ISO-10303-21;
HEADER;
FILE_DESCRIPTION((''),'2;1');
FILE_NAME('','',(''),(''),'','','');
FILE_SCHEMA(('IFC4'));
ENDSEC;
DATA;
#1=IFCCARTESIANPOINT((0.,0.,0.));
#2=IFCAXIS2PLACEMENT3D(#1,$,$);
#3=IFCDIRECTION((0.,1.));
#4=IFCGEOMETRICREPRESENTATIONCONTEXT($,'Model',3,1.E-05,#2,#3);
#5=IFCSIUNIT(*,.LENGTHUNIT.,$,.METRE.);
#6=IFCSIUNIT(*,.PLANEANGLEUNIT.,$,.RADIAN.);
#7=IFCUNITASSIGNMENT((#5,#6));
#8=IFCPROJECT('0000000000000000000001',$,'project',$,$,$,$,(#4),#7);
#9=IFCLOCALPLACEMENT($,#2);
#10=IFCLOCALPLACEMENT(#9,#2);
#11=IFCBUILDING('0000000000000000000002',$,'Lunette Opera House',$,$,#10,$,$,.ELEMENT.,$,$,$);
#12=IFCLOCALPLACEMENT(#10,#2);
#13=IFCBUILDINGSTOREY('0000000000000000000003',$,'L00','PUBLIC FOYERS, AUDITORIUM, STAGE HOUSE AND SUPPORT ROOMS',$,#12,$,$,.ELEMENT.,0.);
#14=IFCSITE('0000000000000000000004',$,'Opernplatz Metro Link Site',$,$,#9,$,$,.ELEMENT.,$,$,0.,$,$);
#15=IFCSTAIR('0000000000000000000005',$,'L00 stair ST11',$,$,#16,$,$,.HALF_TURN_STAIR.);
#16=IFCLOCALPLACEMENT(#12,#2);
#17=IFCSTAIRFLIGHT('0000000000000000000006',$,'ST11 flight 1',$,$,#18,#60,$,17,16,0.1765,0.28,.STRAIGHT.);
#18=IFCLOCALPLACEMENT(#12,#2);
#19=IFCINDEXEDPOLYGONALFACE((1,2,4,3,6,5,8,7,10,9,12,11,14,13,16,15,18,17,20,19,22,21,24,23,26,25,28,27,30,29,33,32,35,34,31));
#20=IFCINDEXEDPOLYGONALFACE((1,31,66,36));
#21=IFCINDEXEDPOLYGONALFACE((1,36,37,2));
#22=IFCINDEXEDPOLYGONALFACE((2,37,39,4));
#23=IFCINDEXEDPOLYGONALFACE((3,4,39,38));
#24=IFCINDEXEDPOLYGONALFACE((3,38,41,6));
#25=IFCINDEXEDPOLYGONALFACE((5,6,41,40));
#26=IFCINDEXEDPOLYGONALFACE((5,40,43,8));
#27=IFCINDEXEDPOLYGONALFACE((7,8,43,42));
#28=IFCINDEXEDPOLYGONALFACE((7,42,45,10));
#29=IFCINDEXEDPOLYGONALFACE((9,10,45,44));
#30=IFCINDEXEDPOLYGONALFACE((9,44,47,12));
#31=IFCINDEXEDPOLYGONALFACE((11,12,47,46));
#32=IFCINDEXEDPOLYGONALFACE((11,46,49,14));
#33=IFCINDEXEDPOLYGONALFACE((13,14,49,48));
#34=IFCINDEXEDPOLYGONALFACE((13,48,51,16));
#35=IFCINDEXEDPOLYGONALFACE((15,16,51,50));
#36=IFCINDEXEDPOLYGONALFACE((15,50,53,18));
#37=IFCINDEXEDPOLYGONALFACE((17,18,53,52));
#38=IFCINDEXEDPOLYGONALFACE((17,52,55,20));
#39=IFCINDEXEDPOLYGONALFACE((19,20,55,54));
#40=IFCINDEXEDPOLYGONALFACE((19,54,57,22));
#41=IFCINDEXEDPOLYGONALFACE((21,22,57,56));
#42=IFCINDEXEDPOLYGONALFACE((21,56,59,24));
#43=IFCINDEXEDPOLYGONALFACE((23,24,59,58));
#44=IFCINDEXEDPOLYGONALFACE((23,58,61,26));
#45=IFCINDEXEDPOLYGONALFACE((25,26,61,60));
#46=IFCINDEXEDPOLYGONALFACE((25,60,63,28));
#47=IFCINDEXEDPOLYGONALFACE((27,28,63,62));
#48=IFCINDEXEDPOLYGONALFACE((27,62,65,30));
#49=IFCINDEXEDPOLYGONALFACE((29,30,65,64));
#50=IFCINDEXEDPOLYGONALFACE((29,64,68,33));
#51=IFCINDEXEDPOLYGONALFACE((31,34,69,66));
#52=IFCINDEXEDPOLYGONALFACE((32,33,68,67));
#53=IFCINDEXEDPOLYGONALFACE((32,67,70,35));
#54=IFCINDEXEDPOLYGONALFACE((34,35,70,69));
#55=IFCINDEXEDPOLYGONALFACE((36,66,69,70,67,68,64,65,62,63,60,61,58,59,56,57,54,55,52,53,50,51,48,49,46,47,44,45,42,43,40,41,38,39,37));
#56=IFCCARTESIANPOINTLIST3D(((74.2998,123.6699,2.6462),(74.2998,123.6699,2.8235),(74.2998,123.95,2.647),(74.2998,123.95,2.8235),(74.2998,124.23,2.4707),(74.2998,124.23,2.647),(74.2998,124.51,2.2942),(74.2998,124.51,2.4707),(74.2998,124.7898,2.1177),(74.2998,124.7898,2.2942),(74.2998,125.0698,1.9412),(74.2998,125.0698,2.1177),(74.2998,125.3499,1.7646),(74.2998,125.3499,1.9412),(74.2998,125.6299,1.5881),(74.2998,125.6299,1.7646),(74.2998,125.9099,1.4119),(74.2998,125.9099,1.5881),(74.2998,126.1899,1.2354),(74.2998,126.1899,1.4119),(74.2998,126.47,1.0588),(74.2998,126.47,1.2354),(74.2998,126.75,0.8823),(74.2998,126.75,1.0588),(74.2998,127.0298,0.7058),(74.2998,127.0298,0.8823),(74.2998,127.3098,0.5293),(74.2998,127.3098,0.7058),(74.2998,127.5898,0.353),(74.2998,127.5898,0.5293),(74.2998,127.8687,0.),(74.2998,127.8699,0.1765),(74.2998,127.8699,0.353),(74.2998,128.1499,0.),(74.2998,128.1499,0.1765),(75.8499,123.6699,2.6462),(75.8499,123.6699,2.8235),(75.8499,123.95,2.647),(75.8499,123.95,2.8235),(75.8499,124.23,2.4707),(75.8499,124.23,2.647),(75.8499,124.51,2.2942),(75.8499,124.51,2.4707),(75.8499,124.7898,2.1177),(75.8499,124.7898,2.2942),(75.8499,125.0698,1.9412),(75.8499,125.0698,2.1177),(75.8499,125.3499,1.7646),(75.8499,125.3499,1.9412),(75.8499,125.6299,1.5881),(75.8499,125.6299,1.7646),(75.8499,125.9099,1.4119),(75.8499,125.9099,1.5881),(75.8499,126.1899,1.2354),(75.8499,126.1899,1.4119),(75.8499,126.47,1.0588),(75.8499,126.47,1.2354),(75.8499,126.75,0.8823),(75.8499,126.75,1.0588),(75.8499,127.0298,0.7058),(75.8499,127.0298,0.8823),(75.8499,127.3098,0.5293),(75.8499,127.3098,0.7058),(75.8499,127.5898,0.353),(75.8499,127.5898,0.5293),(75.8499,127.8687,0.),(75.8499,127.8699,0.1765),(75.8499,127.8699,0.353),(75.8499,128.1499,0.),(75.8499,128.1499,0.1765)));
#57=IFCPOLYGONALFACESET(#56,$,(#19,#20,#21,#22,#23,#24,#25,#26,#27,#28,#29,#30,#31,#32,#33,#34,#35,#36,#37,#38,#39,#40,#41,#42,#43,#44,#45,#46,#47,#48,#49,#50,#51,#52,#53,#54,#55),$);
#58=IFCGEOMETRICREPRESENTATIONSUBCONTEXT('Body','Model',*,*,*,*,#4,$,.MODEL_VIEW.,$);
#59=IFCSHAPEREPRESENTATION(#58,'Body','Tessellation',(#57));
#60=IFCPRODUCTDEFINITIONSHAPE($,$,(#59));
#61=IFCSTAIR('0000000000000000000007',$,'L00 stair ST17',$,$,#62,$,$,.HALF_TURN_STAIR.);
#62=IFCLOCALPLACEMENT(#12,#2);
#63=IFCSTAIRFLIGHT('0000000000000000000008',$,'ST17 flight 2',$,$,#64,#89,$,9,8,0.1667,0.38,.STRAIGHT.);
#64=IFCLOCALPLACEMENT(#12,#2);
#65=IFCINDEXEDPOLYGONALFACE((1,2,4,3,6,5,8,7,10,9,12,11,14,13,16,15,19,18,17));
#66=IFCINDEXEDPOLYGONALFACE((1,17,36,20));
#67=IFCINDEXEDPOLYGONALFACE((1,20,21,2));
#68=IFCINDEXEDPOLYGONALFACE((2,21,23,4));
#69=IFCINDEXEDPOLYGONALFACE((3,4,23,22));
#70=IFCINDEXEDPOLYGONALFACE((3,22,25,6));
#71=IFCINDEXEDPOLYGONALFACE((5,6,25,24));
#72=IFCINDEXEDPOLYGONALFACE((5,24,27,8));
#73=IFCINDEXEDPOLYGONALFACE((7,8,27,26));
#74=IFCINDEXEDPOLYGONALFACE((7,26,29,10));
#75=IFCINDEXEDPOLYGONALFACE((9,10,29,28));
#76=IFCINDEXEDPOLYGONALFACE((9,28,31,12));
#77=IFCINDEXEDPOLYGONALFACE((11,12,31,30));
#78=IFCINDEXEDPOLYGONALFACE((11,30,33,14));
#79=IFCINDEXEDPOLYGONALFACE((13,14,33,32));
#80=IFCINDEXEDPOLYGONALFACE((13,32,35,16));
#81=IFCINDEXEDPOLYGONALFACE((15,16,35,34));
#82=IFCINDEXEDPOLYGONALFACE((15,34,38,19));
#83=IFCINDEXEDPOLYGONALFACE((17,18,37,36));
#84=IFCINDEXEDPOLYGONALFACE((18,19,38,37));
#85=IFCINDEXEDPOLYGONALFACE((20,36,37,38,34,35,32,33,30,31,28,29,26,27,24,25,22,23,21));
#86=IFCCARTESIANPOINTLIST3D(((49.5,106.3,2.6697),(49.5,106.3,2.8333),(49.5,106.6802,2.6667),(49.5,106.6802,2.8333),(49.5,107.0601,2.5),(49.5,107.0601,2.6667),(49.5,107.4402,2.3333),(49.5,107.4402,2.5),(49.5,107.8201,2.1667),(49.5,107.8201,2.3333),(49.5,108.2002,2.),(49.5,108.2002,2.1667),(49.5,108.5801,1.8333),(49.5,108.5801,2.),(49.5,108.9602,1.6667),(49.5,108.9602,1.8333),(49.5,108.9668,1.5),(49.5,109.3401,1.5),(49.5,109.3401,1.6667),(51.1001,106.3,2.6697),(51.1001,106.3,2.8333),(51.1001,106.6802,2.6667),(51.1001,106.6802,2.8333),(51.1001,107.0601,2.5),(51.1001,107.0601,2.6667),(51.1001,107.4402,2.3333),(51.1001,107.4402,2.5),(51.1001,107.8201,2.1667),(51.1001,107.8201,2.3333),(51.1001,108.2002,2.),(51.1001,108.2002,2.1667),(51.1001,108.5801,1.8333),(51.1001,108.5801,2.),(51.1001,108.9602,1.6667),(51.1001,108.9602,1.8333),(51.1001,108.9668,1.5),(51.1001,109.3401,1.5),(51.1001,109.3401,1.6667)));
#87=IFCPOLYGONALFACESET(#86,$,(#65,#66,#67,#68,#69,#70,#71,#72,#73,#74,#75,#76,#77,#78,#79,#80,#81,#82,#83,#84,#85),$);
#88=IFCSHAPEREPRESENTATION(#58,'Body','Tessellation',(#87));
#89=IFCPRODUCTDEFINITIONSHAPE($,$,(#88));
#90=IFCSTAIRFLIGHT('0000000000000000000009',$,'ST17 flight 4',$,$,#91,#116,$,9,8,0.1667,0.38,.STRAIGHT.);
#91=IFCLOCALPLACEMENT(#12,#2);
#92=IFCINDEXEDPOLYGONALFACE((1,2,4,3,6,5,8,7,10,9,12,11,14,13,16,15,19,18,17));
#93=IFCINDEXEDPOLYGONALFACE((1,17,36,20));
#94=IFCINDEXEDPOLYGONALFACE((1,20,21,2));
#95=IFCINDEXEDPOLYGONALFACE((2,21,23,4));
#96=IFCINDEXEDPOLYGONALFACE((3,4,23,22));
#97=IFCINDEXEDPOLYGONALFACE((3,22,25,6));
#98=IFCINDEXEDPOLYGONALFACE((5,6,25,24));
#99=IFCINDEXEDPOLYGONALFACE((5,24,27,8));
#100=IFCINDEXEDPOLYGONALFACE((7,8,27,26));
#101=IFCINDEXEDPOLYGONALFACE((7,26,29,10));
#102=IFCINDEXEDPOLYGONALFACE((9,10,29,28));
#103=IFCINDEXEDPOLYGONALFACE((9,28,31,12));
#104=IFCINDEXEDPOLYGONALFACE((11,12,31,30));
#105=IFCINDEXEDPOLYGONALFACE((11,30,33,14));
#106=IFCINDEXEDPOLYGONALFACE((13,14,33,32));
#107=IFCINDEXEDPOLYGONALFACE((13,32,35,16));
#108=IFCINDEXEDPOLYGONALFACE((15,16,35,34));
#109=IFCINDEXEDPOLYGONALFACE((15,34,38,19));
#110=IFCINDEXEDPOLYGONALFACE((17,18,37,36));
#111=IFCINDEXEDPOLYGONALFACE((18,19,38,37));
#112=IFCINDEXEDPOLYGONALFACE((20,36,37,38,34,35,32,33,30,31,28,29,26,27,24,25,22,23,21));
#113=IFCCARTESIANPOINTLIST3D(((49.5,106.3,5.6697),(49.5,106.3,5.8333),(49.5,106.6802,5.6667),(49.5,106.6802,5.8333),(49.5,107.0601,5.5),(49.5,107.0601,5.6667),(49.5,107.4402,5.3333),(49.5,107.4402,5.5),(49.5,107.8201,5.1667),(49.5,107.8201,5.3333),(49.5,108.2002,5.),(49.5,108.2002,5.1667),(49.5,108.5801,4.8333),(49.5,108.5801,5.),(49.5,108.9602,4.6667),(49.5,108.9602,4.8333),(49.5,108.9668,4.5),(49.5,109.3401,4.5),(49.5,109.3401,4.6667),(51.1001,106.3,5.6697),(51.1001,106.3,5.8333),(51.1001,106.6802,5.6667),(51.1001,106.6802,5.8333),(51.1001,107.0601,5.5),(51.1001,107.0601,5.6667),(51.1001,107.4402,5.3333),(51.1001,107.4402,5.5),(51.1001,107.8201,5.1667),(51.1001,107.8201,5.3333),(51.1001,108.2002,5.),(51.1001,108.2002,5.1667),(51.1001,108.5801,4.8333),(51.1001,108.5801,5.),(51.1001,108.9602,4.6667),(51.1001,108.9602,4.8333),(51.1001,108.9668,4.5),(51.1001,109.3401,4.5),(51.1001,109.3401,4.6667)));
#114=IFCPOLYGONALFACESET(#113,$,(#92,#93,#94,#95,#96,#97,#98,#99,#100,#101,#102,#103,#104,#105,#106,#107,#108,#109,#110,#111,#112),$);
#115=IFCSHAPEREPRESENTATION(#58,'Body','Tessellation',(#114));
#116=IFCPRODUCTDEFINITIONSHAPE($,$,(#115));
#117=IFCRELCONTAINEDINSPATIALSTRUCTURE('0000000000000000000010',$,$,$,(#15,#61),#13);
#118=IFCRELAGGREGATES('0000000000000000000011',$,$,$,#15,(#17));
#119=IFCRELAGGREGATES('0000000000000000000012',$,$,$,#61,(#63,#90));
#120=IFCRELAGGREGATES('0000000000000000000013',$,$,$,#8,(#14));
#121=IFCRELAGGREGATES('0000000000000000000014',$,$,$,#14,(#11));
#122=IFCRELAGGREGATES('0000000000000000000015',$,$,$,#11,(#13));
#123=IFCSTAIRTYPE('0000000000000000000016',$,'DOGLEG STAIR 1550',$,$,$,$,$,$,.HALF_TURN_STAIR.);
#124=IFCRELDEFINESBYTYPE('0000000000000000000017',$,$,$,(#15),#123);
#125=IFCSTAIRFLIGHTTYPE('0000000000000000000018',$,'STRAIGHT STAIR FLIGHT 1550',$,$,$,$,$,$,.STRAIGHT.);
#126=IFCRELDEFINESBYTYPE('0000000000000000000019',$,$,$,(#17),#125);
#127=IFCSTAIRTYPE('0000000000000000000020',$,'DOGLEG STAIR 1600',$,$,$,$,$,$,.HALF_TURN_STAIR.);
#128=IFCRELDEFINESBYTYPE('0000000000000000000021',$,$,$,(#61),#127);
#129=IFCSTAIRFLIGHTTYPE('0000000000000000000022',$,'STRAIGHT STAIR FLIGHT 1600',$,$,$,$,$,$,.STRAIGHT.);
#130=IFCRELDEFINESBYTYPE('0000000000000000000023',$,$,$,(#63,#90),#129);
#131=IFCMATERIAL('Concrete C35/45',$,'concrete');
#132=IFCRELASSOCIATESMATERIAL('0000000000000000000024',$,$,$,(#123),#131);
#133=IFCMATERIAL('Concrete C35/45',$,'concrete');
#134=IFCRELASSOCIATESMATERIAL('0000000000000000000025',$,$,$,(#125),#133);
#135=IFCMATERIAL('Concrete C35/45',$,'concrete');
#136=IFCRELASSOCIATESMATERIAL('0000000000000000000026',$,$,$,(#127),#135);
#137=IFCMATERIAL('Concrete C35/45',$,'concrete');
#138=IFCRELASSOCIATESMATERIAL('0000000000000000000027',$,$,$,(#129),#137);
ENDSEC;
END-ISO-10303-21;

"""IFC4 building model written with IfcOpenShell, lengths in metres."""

from ifc_helpers import new_model, si_unit, direction, frame, origin, place, context, subcontext, project, spatial, polyline, outline, extrude, material, type_object, element, aggregate, save


model = new_model("IFC4")

# Units and contexts
model_context = context("Model", 3, precision=1e-05, world=origin(), true_north=direction((0.0, 1.0)))
body_context = subcontext(model_context, "Body", "Model", "MODEL_VIEW")
ifc_project = project(units=[si_unit("LENGTHUNIT", "METRE"), si_unit("PLANEANGLEUNIT", "RADIAN")], contexts=[model_context])

# Site, building, storey
site_placement = place(None, origin())
site = spatial("IfcSite", under=ifc_project, at=site_placement, Name="Opernplatz Metro Link Site", CompositionType="ELEMENT", RefElevation=0.0)
building_placement = place(site_placement, origin())
building = spatial("IfcBuilding", under=site, at=building_placement, Name="Lunette Opera House", CompositionType="ELEMENT")
storey_placement = place(building_placement, origin())
storey = spatial("IfcBuildingStorey", under=building, at=storey_placement, Name="L00", Description="PUBLIC FOYERS, AUDITORIUM, STAGE HOUSE AND SUPPORT ROOMS", CompositionType="ELEMENT", Elevation=0.0)

# Stair, stair flight
ifc_material_1 = material(Name="Concrete C35/45", Category="concrete")
stair_type_1 = type_object("IfcStairType", Name="DOGLEG STAIR 1550", PredefinedType="HALF_TURN_STAIR", material=ifc_material_1)
stair_1_placement = place(storey_placement, origin())
stair_1 = element("IfcStair", 1, at=stair_1_placement, inside=storey, type_object=stair_type_1, Name="L00 stair ST11", PredefinedType="HALF_TURN_STAIR")
ifc_material_2 = material(Name="Concrete C35/45", Category="concrete")
stair_flight_type_1 = type_object("IfcStairFlightType", Name="STRAIGHT STAIR FLIGHT 1550", PredefinedType="STRAIGHT", material=ifc_material_2)
stair_flight_1_placement = place(storey_placement, frame((75.075, 128.1499, 0.0), z_axis=(0.0, 0.0, 1.0), x_axis=(0.0, -1.0, 0.0)))
stair_flight_1 = element("IfcStairFlight", 2, at=stair_flight_1_placement, type_object=stair_flight_type_1, Name="ST11 flight 1", NumberOfRisers=17, NumberOfTreads=16, PredefinedType="STRAIGHT", RiserHeight=0.1765, TreadLength=0.28, context=body_context, shape_type="SweptSolid", body=[
    extrude(outline(polyline([(0.0, 0.0), (0.0, 0.1765), (0.28, 0.1765), (0.28, 0.353), (0.5601, 0.353), (0.5601, 0.5293), (0.8401, 0.5293), (0.8401, 0.7058), (1.1201, 0.7058), (1.1201, 0.8823), (1.3999, 0.8823), (1.3999, 1.0588), (1.6799, 1.0588), (1.6799, 1.2354), (1.96, 1.2354), (1.96, 1.4119), (2.24, 1.4119), (2.24, 1.5881), (2.52, 1.5881), (2.52, 1.7646), (2.8, 1.7646), (2.8, 1.9412), (3.0801, 1.9412), (3.0801, 2.1177), (3.3601, 2.1177), (3.3601, 2.2942), (3.6399, 2.2942), (3.6399, 2.4707), (3.9199, 2.4707), (3.9199, 2.647), (4.2, 2.647), (4.2, 2.8235), (4.48, 2.8235), (4.48, 3.0), (4.48, 2.6462), (0.2812, 0.0), (0.0, 0.0)])), frame((0.0, 0.7749, 0.0), z_axis=(0.0, -1.0, 0.0), x_axis=(1.0, 0.0, 0.0)), (0.0, 0.0, 1.0), 1.55),
])
aggregate(stair_1, [stair_flight_1])

# Stair, stair flights
ifc_material_3 = material(Name="Concrete C35/45", Category="concrete")
stair_type_2 = type_object("IfcStairType", Name="DOGLEG STAIR 1600", PredefinedType="HALF_TURN_STAIR", material=ifc_material_3)
stair_2_placement = place(storey_placement, origin())
stair_2 = element("IfcStair", 3, at=stair_2_placement, inside=storey, type_object=stair_type_2, Name="L00 stair ST17", PredefinedType="HALF_TURN_STAIR")
ifc_material_4 = material(Name="Concrete C35/45", Category="concrete")
stair_flight_type_2 = type_object("IfcStairFlightType", Name="STRAIGHT STAIR FLIGHT 1600", PredefinedType="STRAIGHT", material=ifc_material_4)
stair_flight_2_placement = place(storey_placement, frame((50.3, 109.3401, 1.5), z_axis=(0.0, 0.0, 1.0), x_axis=(0.0, -1.0, 0.0)))
stair_flight_2 = element("IfcStairFlight", 4, at=stair_flight_2_placement, type_object=stair_flight_type_2, Name="ST17 flight 2", NumberOfRisers=9, NumberOfTreads=8, PredefinedType="STRAIGHT", RiserHeight=0.1667, TreadLength=0.38, context=body_context, shape_type="SweptSolid", body=[
    extrude(outline(polyline([(0.0, 0.0), (0.0, 0.1667), (0.3799, 0.1667), (0.3799, 0.3333), (0.76, 0.3333), (0.76, 0.5), (1.1399, 0.5), (1.1399, 0.6667), (1.52, 0.6667), (1.52, 0.8333), (1.8999, 0.8333), (1.8999, 1.0), (2.28, 1.0), (2.28, 1.1667), (2.6599, 1.1667), (2.6599, 1.3333), (3.04, 1.3333), (3.04, 1.5), (3.04, 1.1697), (0.3733, 0.0), (0.0, 0.0)])), frame((0.0, 0.8, 0.0), z_axis=(0.0, -1.0, 0.0), x_axis=(1.0, 0.0, 0.0)), (0.0, 0.0, 1.0), 1.6001),
])
stair_flight_3_placement = place(storey_placement, frame((50.3, 109.3401, 4.5), z_axis=(0.0, 0.0, 1.0), x_axis=(0.0, -1.0, 0.0)))
stair_flight_3 = element("IfcStairFlight", 5, at=stair_flight_3_placement, type_object=stair_flight_type_2, Name="ST17 flight 4", NumberOfRisers=9, NumberOfTreads=8, PredefinedType="STRAIGHT", RiserHeight=0.1667, TreadLength=0.38, context=body_context, shape_type="SweptSolid", body=[
    extrude(outline(polyline([(0.0, 0.0), (0.0, 0.1667), (0.3799, 0.1667), (0.3799, 0.3333), (0.76, 0.3333), (0.76, 0.5), (1.1399, 0.5), (1.1399, 0.6667), (1.52, 0.6667), (1.52, 0.8333), (1.8999, 0.8333), (1.8999, 1.0), (2.28, 1.0), (2.28, 1.1667), (2.6599, 1.1667), (2.6599, 1.3333), (3.04, 1.3333), (3.04, 1.5), (3.04, 1.1697), (0.3733, 0.0), (0.0, 0.0)])), frame((0.0, 0.8, 0.0), z_axis=(0.0, -1.0, 0.0), x_axis=(1.0, 0.0, 0.0)), (0.0, 0.0, 1.0), 1.6001),
])
aggregate(stair_2, [stair_flight_2, stair_flight_3])

save(model, "model.ifc")
